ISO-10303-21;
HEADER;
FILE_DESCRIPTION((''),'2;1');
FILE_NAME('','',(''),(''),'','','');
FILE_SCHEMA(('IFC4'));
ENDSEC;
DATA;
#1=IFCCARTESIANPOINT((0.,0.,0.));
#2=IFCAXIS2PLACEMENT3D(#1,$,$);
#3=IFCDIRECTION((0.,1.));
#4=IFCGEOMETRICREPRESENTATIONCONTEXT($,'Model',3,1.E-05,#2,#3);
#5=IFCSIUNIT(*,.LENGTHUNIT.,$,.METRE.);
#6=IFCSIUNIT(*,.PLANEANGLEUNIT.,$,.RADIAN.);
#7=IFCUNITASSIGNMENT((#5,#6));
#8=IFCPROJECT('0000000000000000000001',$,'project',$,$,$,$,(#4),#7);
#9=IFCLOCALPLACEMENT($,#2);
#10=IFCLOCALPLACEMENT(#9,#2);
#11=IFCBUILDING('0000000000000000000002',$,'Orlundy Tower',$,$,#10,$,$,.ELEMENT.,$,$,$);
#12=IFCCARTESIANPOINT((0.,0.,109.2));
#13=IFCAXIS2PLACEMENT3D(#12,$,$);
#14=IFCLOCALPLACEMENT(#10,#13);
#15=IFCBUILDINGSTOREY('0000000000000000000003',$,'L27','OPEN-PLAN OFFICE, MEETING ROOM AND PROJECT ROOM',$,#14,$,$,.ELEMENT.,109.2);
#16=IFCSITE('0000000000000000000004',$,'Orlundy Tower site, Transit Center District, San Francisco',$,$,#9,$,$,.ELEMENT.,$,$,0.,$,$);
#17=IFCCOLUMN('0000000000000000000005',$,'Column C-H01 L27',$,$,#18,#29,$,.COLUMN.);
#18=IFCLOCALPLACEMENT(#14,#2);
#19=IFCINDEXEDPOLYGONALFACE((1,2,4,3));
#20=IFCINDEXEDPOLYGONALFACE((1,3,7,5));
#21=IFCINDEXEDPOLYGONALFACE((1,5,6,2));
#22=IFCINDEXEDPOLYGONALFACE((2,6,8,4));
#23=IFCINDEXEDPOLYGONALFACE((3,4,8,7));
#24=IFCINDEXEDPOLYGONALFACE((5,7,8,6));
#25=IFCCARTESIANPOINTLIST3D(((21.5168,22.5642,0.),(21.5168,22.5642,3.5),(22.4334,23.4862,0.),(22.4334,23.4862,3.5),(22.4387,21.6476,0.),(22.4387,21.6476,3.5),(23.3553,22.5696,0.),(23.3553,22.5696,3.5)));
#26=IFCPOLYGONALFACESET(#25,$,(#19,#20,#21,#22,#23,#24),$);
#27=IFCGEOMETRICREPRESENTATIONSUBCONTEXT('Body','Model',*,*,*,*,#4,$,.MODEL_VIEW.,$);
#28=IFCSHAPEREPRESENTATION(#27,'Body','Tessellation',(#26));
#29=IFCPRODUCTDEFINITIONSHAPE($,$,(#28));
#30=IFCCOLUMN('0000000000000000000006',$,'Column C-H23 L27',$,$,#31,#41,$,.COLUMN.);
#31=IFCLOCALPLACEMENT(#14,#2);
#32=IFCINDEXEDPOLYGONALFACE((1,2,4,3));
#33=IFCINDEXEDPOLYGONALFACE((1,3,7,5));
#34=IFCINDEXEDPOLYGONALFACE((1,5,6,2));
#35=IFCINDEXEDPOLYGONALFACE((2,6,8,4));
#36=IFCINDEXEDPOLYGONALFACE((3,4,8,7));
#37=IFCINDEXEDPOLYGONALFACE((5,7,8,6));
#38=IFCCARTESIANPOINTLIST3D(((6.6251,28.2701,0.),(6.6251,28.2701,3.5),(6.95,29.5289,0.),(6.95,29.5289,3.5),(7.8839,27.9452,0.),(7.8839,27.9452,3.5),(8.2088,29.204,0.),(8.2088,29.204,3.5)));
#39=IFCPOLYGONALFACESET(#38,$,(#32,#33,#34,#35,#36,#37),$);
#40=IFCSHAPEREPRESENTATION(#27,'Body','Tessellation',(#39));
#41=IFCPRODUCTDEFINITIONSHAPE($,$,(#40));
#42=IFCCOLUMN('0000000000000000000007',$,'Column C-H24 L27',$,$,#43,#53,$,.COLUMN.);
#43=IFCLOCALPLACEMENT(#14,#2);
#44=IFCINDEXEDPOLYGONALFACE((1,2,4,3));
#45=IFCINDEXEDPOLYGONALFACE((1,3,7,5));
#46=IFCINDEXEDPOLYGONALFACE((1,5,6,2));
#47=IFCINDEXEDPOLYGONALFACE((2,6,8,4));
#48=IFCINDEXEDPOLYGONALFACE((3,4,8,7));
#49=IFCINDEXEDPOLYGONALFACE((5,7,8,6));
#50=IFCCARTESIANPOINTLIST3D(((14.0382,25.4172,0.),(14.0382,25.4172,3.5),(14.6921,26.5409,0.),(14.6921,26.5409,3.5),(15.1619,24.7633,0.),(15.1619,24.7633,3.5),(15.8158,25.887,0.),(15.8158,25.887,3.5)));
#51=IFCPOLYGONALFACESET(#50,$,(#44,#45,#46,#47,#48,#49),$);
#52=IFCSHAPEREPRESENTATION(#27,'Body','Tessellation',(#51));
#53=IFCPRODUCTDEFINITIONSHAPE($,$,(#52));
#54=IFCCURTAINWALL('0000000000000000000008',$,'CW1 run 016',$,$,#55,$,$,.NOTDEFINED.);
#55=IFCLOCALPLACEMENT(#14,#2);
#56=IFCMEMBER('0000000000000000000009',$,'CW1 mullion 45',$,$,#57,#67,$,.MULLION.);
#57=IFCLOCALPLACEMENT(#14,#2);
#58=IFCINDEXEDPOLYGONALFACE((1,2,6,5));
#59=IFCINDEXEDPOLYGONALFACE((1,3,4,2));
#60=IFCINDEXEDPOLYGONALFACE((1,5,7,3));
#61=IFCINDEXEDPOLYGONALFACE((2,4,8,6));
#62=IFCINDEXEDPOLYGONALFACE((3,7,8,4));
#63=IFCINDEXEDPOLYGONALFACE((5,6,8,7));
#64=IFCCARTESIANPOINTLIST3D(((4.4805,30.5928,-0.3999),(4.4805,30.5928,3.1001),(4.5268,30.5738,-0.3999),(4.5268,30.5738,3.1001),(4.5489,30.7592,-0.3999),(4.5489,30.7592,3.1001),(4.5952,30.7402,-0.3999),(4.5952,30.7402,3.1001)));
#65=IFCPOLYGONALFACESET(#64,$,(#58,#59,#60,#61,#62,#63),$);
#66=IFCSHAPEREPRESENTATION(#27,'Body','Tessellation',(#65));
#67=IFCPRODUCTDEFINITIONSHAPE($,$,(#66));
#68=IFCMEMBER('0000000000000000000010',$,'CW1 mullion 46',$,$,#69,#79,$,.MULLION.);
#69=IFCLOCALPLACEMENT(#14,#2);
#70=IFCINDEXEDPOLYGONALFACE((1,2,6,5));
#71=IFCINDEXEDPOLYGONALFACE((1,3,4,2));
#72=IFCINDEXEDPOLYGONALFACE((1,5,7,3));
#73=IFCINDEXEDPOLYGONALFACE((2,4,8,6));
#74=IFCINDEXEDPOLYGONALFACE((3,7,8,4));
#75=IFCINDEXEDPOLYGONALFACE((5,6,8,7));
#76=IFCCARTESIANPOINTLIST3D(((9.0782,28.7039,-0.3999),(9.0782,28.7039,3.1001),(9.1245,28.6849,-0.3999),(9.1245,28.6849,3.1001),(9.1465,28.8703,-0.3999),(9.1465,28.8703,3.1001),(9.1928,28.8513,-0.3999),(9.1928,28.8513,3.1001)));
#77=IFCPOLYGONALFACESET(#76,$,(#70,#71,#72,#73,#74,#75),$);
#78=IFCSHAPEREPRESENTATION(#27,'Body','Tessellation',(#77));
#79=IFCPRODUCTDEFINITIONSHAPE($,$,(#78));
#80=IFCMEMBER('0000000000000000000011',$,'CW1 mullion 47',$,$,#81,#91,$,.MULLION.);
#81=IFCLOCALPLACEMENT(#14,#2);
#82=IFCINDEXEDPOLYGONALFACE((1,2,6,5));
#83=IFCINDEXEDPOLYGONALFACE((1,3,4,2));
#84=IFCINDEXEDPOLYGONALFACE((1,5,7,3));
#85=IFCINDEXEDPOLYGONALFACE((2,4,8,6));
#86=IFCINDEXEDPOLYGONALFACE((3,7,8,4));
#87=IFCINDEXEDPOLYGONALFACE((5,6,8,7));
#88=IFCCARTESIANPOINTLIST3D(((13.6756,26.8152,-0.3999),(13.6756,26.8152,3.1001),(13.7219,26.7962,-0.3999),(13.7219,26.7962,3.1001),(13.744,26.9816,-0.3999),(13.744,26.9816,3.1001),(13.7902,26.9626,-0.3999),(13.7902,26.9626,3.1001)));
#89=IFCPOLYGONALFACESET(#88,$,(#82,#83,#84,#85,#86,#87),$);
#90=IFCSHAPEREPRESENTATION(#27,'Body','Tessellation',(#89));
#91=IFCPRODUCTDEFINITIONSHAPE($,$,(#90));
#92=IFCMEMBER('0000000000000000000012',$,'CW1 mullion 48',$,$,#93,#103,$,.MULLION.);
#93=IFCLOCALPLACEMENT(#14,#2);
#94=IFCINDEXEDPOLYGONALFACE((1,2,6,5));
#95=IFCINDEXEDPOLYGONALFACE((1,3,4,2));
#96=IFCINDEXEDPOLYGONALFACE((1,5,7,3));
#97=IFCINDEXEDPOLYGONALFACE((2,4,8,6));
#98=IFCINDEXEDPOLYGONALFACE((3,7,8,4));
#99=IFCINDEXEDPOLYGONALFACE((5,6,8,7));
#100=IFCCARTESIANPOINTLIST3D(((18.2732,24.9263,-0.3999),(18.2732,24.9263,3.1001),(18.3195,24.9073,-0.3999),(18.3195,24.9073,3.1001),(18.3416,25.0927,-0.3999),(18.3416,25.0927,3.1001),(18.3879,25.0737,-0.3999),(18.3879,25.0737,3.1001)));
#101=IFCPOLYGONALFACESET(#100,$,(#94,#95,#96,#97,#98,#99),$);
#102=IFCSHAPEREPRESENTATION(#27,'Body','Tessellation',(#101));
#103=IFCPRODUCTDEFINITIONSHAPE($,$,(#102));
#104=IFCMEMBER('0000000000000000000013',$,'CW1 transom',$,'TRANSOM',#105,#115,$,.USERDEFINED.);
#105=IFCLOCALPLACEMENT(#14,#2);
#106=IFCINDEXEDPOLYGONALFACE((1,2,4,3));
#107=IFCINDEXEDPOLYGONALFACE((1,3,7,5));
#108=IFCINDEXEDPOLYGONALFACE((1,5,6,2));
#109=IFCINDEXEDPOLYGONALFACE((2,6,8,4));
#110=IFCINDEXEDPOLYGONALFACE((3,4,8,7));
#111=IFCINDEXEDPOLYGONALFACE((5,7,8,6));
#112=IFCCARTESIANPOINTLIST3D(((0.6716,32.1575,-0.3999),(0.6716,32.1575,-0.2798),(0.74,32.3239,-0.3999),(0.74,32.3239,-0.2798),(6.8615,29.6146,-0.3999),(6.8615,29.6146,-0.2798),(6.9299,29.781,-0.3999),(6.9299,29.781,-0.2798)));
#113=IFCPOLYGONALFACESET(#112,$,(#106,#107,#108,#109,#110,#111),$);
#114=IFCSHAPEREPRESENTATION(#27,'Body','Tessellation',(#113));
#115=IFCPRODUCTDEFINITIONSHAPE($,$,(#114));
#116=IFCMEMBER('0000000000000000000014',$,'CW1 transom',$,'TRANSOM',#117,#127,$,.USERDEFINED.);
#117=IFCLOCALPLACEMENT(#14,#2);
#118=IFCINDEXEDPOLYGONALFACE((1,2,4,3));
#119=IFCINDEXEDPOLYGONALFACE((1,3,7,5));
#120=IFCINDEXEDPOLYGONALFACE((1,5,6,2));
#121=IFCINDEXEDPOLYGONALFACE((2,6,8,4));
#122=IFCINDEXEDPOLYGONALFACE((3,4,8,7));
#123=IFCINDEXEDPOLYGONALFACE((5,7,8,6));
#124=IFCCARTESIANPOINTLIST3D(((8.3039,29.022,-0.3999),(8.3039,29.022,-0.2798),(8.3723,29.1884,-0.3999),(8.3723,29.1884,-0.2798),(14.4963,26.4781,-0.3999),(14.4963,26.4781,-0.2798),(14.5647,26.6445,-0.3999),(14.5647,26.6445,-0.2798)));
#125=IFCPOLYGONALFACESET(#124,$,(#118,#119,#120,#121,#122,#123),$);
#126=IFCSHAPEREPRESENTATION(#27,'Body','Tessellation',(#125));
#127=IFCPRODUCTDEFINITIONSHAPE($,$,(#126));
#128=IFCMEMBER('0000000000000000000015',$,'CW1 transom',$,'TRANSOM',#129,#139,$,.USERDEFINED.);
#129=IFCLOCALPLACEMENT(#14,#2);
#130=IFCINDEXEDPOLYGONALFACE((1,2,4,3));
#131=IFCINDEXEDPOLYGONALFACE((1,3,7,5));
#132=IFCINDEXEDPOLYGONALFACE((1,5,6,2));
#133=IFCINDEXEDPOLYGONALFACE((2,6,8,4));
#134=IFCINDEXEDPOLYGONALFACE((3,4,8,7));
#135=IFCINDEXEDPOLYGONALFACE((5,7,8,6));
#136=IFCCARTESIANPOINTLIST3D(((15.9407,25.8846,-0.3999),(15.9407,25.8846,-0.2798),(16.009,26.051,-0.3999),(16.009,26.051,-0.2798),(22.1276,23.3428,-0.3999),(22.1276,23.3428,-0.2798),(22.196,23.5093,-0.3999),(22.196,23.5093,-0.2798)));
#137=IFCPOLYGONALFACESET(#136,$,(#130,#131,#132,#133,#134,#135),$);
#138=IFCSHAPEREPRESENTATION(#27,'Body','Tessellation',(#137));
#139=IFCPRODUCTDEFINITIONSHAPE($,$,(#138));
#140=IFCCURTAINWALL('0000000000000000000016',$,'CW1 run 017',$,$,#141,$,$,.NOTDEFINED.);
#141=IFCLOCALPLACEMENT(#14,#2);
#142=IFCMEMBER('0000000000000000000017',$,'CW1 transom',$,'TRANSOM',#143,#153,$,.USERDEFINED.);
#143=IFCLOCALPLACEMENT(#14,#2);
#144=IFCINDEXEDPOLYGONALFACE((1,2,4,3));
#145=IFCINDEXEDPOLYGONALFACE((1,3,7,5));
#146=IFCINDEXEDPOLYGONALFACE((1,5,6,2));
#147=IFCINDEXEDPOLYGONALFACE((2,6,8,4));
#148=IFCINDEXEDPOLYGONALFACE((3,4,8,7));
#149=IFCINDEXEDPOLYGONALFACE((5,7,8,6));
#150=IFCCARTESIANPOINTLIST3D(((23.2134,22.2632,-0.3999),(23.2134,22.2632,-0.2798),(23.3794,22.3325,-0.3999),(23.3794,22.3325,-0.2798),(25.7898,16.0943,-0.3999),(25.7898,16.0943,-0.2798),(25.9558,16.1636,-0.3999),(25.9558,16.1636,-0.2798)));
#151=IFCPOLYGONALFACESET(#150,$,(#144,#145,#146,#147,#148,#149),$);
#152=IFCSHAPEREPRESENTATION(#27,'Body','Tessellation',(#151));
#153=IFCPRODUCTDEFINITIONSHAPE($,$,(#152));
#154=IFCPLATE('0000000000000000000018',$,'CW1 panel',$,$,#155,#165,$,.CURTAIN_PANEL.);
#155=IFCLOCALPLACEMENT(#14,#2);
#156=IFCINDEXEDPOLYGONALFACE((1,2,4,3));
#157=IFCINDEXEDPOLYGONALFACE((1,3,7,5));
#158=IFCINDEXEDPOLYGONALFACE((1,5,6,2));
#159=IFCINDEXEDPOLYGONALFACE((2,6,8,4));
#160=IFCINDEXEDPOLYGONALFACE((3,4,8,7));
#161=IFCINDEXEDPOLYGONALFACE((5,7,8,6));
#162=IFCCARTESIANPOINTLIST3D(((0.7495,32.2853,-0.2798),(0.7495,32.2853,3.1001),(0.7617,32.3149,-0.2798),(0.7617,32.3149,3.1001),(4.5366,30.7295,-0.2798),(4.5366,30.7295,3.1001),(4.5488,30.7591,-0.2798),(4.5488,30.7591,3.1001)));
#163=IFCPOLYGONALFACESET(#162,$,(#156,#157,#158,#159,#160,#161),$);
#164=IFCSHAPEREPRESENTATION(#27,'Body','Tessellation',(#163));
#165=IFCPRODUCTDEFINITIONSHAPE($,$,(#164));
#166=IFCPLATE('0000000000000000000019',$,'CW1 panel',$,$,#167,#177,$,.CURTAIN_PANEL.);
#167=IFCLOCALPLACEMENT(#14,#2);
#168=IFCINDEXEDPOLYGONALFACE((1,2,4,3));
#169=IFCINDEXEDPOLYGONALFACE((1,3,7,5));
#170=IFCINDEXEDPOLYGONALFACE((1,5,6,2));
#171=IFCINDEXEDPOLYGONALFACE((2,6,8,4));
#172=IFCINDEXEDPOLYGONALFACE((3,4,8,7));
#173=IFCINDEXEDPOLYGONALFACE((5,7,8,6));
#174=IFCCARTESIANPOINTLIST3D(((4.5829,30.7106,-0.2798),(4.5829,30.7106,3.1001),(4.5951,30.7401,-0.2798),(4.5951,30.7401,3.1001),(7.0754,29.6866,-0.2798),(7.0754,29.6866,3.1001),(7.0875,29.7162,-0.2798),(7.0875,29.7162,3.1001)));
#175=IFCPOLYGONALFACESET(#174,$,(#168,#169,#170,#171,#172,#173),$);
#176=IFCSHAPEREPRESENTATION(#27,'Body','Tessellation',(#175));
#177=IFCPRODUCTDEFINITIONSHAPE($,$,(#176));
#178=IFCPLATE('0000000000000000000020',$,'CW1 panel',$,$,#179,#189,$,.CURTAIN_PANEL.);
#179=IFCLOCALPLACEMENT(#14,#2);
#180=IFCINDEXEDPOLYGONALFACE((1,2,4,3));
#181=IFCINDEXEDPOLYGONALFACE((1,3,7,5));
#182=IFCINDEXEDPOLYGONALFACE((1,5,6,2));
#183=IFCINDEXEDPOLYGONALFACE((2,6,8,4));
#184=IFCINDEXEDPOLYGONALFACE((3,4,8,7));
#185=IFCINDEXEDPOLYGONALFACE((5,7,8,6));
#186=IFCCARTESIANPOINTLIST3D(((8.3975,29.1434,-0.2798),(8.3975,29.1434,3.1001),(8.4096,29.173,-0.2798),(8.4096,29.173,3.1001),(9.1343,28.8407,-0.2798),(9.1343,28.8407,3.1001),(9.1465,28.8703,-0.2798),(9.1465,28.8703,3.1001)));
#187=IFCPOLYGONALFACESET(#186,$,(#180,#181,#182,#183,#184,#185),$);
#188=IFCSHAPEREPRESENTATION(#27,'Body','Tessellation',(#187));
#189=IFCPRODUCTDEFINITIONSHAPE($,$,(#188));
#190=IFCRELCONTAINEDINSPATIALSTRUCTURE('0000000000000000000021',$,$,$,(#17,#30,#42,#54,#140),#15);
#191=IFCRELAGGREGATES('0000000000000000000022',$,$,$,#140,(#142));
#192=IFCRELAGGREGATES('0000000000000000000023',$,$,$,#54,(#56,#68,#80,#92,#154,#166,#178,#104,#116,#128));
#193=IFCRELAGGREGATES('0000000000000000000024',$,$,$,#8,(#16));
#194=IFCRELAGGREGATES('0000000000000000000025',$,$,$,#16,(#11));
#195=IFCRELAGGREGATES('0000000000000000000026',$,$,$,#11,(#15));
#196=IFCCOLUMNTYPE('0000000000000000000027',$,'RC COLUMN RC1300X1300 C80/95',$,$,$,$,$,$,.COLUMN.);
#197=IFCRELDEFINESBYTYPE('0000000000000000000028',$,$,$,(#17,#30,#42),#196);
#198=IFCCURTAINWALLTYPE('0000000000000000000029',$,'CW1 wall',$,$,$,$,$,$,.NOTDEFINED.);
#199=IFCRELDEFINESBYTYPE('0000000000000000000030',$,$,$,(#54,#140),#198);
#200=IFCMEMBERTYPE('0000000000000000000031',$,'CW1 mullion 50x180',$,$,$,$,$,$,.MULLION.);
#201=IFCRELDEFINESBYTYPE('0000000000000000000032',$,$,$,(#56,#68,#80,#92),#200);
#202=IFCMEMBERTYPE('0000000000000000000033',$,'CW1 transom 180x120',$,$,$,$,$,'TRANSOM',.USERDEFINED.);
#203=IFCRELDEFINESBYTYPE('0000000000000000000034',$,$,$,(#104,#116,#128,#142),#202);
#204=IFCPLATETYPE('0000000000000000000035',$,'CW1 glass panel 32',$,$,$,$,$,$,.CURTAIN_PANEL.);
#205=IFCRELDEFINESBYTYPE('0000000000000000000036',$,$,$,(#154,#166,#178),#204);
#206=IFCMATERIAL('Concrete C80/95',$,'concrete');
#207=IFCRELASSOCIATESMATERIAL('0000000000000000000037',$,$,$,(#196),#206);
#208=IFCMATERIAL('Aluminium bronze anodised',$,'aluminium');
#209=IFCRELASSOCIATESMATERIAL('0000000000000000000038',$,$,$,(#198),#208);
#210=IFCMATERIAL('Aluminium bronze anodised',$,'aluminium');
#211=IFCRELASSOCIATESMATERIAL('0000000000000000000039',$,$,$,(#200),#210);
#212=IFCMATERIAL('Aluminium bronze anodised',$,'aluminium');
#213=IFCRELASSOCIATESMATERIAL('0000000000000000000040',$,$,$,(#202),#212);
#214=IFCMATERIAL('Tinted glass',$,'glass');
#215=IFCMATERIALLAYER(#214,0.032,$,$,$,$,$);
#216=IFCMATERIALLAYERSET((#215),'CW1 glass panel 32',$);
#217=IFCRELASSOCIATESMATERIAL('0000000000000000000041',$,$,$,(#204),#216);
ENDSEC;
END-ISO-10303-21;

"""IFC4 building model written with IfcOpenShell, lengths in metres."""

from ifc_helpers import new_model, si_unit, direction, frame, origin, origin_2d, place, context, subcontext, project, spatial, rectangle, extrude, material, layer, layer_set, material_profile, profile_set, type_object, element, aggregate, save


model = new_model("IFC4")

# Units and contexts
model_context = context("Model", 3, precision=1e-05, world=origin(), true_north=direction((0.0, 1.0)))
body_context = subcontext(model_context, "Body", "Model", "MODEL_VIEW")
ifc_project = project(units=[si_unit("LENGTHUNIT", "METRE"), si_unit("PLANEANGLEUNIT", "RADIAN")], contexts=[model_context])

# Site, building, storey
site_placement = place(None, origin())
site = spatial("IfcSite", under=ifc_project, at=site_placement, Name="Orlundy Tower site, Transit Center District, San Francisco", CompositionType="ELEMENT", RefElevation=0.0)
building_placement = place(site_placement, origin())
building = spatial("IfcBuilding", under=site, at=building_placement, Name="Orlundy Tower", CompositionType="ELEMENT")
storey_placement = place(building_placement, frame((0.0, 0.0, 109.2)))
storey = spatial("IfcBuildingStorey", under=building, at=storey_placement, Name="L27", Description="OPEN-PLAN OFFICE, MEETING ROOM AND PROJECT ROOM", CompositionType="ELEMENT", Elevation=109.2)

# Columns
ifc_material_1 = material(Name="Concrete C80/95", Category="concrete")
ifc_material_profile_1 = material_profile(ifc_material_1, rectangle(XDim=1.3, YDim=1.3, at=origin_2d()), Name="RC1300X1300")
ifc_profile_set_1 = profile_set([ifc_material_profile_1], Name="Concrete C80/95")
column_type = type_object("IfcColumnType", Name="RC COLUMN RC1300X1300 C80/95", PredefinedType="COLUMN", material=ifc_profile_set_1)
for number, where, z_axis, x_axis, name in (
    (1, (22.436, 22.5669, 0.0), (0.0, 0.0, 1.0), (0.705043, 0.709165, 0.0), "Column C-H01 L27"),
    (2, (7.417, 28.7371, 0.0), (0.0, 0.0, 1.0), (0.249907, 0.96827, 0.0), "Column C-H23 L27"),
    (3, (14.927, 25.6521, 0.0), (0.0, 0.0, 1.0), (0.502945, 0.864319, 0.0), "Column C-H24 L27"),
):
    element("IfcColumn", number, at=place(storey_placement, frame(where, z_axis=z_axis, x_axis=x_axis)), inside=storey, type_object=column_type, Name=name, PredefinedType="COLUMN", context=body_context, shape_type="SweptSolid", body=[
        extrude(rectangle(XDim=1.3, YDim=1.3, at=origin_2d()), origin(), (0.0, 0.0, 1.0), 3.5),
    ])

# Curtain wall, members
ifc_material_2 = material(Name="Aluminium bronze anodised", Category="aluminium")
curtain_wall_type = type_object("IfcCurtainWallType", Name="CW1 wall", PredefinedType="NOTDEFINED", material=ifc_material_2)
curtain_wall_1_placement = place(storey_placement, origin())
curtain_wall_1 = element("IfcCurtainWall", 4, at=curtain_wall_1_placement, inside=storey, type_object=curtain_wall_type, Name="CW1 run 016", PredefinedType="NOTDEFINED")
ifc_material_3 = material(Name="Aluminium bronze anodised", Category="aluminium")
ifc_material_profile_2 = material_profile(ifc_material_3, rectangle(XDim=0.1799, YDim=0.05, at=origin_2d()), Name="CW1 mullion 50x180")
ifc_profile_set_2 = profile_set([ifc_material_profile_2], Name="Aluminium bronze anodised")
member_type_1 = type_object("IfcMemberType", Name="CW1 mullion 50x180", PredefinedType="MULLION", material=ifc_profile_set_2)
member_1_placement = place(storey_placement, frame((4.5378, 30.6665, -0.3999), z_axis=(0.0, 0.0, 1.0), x_axis=(0.380005, 0.924984, 0.0)))
member_1 = element("IfcMember", 5, at=member_1_placement, type_object=member_type_1, Name="CW1 mullion 45", PredefinedType="MULLION", context=body_context, shape_type="SweptSolid", body=[
    extrude(rectangle(XDim=0.1799, YDim=0.05, at=origin_2d()), origin(), (0.0, 0.0, 1.0), 3.5),
])
member_2_placement = place(storey_placement, frame((9.1355, 28.7776, -0.3999), z_axis=(0.0, 0.0, 1.0), x_axis=(0.380005, 0.924984, 0.0)))
member_2 = element("IfcMember", 6, at=member_2_placement, type_object=member_type_1, Name="CW1 mullion 46", PredefinedType="MULLION", context=body_context, shape_type="SweptSolid", body=[
    extrude(rectangle(XDim=0.1799, YDim=0.05, at=origin_2d()), origin(), (0.0, 0.0, 1.0), 3.5),
])
member_3_placement = place(storey_placement, frame((13.7329, 26.8889, -0.3999), z_axis=(0.0, 0.0, 1.0), x_axis=(0.380005, 0.924984, 0.0)))
member_3 = element("IfcMember", 7, at=member_3_placement, type_object=member_type_1, Name="CW1 mullion 47", PredefinedType="MULLION", context=body_context, shape_type="SweptSolid", body=[
    extrude(rectangle(XDim=0.1799, YDim=0.05, at=origin_2d()), origin(), (0.0, 0.0, 1.0), 3.5),
])
member_4_placement = place(storey_placement, frame((18.3306, 25.0, -0.3999), z_axis=(0.0, 0.0, 1.0), x_axis=(0.380005, 0.924984, 0.0)))
member_4 = element("IfcMember", 8, at=member_4_placement, type_object=member_type_1, Name="CW1 mullion 48", PredefinedType="MULLION", context=body_context, shape_type="SweptSolid", body=[
    extrude(rectangle(XDim=0.1799, YDim=0.05, at=origin_2d()), origin(), (0.0, 0.0, 1.0), 3.5),
])
ifc_material_4 = material(Name="Aluminium bronze anodised", Category="aluminium")
ifc_material_profile_3 = material_profile(ifc_material_4, rectangle(XDim=0.1799, YDim=0.1201, at=origin_2d()), Name="CW1 transom 180x120")
ifc_profile_set_3 = profile_set([ifc_material_profile_3], Name="Aluminium bronze anodised")
member_type_2 = type_object("IfcMemberType", Name="CW1 transom 180x120", ElementType="TRANSOM", PredefinedType="USERDEFINED", material=ifc_profile_set_3)
member_5_placement = place(storey_placement, frame((0.7058, 32.2407, -0.3398), z_axis=(0.924985, -0.380005, 0.0), x_axis=(0.380005, 0.924985, 0.0)))
member_5 = element("IfcMember", 9, at=member_5_placement, type_object=member_type_2, Name="CW1 transom", ObjectType="TRANSOM", PredefinedType="USERDEFINED", context=body_context, shape_type="SweptSolid", body=[
    extrude(rectangle(XDim=0.1799, YDim=0.1201, at=origin_2d()), origin(), (0.0, 0.0, 1.0), 6.6919),
])
member_6_placement = place(storey_placement, frame((8.3381, 29.1052, -0.3398), z_axis=(0.924986, -0.380001, 0.0), x_axis=(0.380001, 0.924986, 0.0)))
member_6 = element("IfcMember", 10, at=member_6_placement, type_object=member_type_2, Name="CW1 transom", ObjectType="TRANSOM", PredefinedType="USERDEFINED", context=body_context, shape_type="SweptSolid", body=[
    extrude(rectangle(XDim=0.1799, YDim=0.1201, at=origin_2d()), origin(), (0.0, 0.0, 1.0), 6.6946),
])
member_7_placement = place(storey_placement, frame((15.9749, 25.9678, -0.3398), z_axis=(0.924985, -0.380003, 0.0), x_axis=(0.380003, 0.924985, 0.0)))
member_7 = element("IfcMember", 11, at=member_7_placement, type_object=member_type_2, Name="CW1 transom", ObjectType="TRANSOM", PredefinedType="USERDEFINED", context=body_context, shape_type="SweptSolid", body=[
    extrude(rectangle(XDim=0.1799, YDim=0.1201, at=origin_2d()), origin(), (0.0, 0.0, 1.0), 6.6887),
])

# Curtain wall, member
curtain_wall_2_placement = place(storey_placement, origin())
curtain_wall_2 = element("IfcCurtainWall", 12, at=curtain_wall_2_placement, inside=storey, type_object=curtain_wall_type, Name="CW1 run 017", PredefinedType="NOTDEFINED")
member_8_placement = place(storey_placement, frame((23.2964, 22.2979, -0.3398), z_axis=(0.385383, -0.922757, 0.0), x_axis=(0.922757, 0.385383, 0.0)))
member_8 = element("IfcMember", 13, at=member_8_placement, type_object=member_type_2, Name="CW1 transom", ObjectType="TRANSOM", PredefinedType="USERDEFINED", context=body_context, shape_type="SweptSolid", body=[
    extrude(rectangle(XDim=0.1799, YDim=0.1201, at=origin_2d()), origin(), (0.0, 0.0, 1.0), 6.6853),
])
aggregate(curtain_wall_2, [member_8])

# Plates
ifc_material_5 = material(Name="Tinted glass", Category="glass")
ifc_layer_1 = layer(ifc_material_5, 0.032)
ifc_layer_set_1 = layer_set([ifc_layer_1], Name="CW1 glass panel 32")
plate_type = type_object("IfcPlateType", Name="CW1 glass panel 32", PredefinedType="CURTAIN_PANEL", material=ifc_layer_set_1)
plate_1_placement = place(storey_placement, frame((2.6492, 31.5222, -0.2798), z_axis=(0.0, 0.0, 1.0), x_axis=(0.924984, -0.380005, 0.0)))
plate_1 = element("IfcPlate", 14, at=plate_1_placement, type_object=plate_type, Name="CW1 panel", PredefinedType="CURTAIN_PANEL", context=body_context, shape_type="SweptSolid", body=[
    extrude(rectangle(XDim=4.0942, YDim=0.032, at=origin_2d()), origin(), (0.0, 0.0, 1.0), 3.3799),
])
plate_2_placement = place(storey_placement, frame((5.8352, 30.2134, -0.2798), z_axis=(0.0, 0.0, 1.0), x_axis=(0.924984, -0.380005, 0.0)))
plate_2 = element("IfcPlate", 15, at=plate_2_placement, type_object=plate_type, Name="CW1 panel", PredefinedType="CURTAIN_PANEL", context=body_context, shape_type="SweptSolid", body=[
    extrude(rectangle(XDim=2.6946, YDim=0.032, at=origin_2d()), origin(), (0.0, 0.0, 1.0), 3.3799),
])
plate_3_placement = place(storey_placement, frame((8.772, 29.0068, -0.2798), z_axis=(0.0, 0.0, 1.0), x_axis=(0.924984, -0.380005, 0.0)))
plate_3 = element("IfcPlate", 16, at=plate_3_placement, type_object=plate_type, Name="CW1 panel", PredefinedType="CURTAIN_PANEL", context=body_context, shape_type="SweptSolid", body=[
    extrude(rectangle(XDim=0.7966, YDim=0.032, at=origin_2d()), origin(), (0.0, 0.0, 1.0), 3.3799),
])
aggregate(curtain_wall_1, [member_1, member_2, member_3, member_4, plate_1, plate_2, plate_3, member_5, member_6, member_7])

save(model, "model.ifc")
